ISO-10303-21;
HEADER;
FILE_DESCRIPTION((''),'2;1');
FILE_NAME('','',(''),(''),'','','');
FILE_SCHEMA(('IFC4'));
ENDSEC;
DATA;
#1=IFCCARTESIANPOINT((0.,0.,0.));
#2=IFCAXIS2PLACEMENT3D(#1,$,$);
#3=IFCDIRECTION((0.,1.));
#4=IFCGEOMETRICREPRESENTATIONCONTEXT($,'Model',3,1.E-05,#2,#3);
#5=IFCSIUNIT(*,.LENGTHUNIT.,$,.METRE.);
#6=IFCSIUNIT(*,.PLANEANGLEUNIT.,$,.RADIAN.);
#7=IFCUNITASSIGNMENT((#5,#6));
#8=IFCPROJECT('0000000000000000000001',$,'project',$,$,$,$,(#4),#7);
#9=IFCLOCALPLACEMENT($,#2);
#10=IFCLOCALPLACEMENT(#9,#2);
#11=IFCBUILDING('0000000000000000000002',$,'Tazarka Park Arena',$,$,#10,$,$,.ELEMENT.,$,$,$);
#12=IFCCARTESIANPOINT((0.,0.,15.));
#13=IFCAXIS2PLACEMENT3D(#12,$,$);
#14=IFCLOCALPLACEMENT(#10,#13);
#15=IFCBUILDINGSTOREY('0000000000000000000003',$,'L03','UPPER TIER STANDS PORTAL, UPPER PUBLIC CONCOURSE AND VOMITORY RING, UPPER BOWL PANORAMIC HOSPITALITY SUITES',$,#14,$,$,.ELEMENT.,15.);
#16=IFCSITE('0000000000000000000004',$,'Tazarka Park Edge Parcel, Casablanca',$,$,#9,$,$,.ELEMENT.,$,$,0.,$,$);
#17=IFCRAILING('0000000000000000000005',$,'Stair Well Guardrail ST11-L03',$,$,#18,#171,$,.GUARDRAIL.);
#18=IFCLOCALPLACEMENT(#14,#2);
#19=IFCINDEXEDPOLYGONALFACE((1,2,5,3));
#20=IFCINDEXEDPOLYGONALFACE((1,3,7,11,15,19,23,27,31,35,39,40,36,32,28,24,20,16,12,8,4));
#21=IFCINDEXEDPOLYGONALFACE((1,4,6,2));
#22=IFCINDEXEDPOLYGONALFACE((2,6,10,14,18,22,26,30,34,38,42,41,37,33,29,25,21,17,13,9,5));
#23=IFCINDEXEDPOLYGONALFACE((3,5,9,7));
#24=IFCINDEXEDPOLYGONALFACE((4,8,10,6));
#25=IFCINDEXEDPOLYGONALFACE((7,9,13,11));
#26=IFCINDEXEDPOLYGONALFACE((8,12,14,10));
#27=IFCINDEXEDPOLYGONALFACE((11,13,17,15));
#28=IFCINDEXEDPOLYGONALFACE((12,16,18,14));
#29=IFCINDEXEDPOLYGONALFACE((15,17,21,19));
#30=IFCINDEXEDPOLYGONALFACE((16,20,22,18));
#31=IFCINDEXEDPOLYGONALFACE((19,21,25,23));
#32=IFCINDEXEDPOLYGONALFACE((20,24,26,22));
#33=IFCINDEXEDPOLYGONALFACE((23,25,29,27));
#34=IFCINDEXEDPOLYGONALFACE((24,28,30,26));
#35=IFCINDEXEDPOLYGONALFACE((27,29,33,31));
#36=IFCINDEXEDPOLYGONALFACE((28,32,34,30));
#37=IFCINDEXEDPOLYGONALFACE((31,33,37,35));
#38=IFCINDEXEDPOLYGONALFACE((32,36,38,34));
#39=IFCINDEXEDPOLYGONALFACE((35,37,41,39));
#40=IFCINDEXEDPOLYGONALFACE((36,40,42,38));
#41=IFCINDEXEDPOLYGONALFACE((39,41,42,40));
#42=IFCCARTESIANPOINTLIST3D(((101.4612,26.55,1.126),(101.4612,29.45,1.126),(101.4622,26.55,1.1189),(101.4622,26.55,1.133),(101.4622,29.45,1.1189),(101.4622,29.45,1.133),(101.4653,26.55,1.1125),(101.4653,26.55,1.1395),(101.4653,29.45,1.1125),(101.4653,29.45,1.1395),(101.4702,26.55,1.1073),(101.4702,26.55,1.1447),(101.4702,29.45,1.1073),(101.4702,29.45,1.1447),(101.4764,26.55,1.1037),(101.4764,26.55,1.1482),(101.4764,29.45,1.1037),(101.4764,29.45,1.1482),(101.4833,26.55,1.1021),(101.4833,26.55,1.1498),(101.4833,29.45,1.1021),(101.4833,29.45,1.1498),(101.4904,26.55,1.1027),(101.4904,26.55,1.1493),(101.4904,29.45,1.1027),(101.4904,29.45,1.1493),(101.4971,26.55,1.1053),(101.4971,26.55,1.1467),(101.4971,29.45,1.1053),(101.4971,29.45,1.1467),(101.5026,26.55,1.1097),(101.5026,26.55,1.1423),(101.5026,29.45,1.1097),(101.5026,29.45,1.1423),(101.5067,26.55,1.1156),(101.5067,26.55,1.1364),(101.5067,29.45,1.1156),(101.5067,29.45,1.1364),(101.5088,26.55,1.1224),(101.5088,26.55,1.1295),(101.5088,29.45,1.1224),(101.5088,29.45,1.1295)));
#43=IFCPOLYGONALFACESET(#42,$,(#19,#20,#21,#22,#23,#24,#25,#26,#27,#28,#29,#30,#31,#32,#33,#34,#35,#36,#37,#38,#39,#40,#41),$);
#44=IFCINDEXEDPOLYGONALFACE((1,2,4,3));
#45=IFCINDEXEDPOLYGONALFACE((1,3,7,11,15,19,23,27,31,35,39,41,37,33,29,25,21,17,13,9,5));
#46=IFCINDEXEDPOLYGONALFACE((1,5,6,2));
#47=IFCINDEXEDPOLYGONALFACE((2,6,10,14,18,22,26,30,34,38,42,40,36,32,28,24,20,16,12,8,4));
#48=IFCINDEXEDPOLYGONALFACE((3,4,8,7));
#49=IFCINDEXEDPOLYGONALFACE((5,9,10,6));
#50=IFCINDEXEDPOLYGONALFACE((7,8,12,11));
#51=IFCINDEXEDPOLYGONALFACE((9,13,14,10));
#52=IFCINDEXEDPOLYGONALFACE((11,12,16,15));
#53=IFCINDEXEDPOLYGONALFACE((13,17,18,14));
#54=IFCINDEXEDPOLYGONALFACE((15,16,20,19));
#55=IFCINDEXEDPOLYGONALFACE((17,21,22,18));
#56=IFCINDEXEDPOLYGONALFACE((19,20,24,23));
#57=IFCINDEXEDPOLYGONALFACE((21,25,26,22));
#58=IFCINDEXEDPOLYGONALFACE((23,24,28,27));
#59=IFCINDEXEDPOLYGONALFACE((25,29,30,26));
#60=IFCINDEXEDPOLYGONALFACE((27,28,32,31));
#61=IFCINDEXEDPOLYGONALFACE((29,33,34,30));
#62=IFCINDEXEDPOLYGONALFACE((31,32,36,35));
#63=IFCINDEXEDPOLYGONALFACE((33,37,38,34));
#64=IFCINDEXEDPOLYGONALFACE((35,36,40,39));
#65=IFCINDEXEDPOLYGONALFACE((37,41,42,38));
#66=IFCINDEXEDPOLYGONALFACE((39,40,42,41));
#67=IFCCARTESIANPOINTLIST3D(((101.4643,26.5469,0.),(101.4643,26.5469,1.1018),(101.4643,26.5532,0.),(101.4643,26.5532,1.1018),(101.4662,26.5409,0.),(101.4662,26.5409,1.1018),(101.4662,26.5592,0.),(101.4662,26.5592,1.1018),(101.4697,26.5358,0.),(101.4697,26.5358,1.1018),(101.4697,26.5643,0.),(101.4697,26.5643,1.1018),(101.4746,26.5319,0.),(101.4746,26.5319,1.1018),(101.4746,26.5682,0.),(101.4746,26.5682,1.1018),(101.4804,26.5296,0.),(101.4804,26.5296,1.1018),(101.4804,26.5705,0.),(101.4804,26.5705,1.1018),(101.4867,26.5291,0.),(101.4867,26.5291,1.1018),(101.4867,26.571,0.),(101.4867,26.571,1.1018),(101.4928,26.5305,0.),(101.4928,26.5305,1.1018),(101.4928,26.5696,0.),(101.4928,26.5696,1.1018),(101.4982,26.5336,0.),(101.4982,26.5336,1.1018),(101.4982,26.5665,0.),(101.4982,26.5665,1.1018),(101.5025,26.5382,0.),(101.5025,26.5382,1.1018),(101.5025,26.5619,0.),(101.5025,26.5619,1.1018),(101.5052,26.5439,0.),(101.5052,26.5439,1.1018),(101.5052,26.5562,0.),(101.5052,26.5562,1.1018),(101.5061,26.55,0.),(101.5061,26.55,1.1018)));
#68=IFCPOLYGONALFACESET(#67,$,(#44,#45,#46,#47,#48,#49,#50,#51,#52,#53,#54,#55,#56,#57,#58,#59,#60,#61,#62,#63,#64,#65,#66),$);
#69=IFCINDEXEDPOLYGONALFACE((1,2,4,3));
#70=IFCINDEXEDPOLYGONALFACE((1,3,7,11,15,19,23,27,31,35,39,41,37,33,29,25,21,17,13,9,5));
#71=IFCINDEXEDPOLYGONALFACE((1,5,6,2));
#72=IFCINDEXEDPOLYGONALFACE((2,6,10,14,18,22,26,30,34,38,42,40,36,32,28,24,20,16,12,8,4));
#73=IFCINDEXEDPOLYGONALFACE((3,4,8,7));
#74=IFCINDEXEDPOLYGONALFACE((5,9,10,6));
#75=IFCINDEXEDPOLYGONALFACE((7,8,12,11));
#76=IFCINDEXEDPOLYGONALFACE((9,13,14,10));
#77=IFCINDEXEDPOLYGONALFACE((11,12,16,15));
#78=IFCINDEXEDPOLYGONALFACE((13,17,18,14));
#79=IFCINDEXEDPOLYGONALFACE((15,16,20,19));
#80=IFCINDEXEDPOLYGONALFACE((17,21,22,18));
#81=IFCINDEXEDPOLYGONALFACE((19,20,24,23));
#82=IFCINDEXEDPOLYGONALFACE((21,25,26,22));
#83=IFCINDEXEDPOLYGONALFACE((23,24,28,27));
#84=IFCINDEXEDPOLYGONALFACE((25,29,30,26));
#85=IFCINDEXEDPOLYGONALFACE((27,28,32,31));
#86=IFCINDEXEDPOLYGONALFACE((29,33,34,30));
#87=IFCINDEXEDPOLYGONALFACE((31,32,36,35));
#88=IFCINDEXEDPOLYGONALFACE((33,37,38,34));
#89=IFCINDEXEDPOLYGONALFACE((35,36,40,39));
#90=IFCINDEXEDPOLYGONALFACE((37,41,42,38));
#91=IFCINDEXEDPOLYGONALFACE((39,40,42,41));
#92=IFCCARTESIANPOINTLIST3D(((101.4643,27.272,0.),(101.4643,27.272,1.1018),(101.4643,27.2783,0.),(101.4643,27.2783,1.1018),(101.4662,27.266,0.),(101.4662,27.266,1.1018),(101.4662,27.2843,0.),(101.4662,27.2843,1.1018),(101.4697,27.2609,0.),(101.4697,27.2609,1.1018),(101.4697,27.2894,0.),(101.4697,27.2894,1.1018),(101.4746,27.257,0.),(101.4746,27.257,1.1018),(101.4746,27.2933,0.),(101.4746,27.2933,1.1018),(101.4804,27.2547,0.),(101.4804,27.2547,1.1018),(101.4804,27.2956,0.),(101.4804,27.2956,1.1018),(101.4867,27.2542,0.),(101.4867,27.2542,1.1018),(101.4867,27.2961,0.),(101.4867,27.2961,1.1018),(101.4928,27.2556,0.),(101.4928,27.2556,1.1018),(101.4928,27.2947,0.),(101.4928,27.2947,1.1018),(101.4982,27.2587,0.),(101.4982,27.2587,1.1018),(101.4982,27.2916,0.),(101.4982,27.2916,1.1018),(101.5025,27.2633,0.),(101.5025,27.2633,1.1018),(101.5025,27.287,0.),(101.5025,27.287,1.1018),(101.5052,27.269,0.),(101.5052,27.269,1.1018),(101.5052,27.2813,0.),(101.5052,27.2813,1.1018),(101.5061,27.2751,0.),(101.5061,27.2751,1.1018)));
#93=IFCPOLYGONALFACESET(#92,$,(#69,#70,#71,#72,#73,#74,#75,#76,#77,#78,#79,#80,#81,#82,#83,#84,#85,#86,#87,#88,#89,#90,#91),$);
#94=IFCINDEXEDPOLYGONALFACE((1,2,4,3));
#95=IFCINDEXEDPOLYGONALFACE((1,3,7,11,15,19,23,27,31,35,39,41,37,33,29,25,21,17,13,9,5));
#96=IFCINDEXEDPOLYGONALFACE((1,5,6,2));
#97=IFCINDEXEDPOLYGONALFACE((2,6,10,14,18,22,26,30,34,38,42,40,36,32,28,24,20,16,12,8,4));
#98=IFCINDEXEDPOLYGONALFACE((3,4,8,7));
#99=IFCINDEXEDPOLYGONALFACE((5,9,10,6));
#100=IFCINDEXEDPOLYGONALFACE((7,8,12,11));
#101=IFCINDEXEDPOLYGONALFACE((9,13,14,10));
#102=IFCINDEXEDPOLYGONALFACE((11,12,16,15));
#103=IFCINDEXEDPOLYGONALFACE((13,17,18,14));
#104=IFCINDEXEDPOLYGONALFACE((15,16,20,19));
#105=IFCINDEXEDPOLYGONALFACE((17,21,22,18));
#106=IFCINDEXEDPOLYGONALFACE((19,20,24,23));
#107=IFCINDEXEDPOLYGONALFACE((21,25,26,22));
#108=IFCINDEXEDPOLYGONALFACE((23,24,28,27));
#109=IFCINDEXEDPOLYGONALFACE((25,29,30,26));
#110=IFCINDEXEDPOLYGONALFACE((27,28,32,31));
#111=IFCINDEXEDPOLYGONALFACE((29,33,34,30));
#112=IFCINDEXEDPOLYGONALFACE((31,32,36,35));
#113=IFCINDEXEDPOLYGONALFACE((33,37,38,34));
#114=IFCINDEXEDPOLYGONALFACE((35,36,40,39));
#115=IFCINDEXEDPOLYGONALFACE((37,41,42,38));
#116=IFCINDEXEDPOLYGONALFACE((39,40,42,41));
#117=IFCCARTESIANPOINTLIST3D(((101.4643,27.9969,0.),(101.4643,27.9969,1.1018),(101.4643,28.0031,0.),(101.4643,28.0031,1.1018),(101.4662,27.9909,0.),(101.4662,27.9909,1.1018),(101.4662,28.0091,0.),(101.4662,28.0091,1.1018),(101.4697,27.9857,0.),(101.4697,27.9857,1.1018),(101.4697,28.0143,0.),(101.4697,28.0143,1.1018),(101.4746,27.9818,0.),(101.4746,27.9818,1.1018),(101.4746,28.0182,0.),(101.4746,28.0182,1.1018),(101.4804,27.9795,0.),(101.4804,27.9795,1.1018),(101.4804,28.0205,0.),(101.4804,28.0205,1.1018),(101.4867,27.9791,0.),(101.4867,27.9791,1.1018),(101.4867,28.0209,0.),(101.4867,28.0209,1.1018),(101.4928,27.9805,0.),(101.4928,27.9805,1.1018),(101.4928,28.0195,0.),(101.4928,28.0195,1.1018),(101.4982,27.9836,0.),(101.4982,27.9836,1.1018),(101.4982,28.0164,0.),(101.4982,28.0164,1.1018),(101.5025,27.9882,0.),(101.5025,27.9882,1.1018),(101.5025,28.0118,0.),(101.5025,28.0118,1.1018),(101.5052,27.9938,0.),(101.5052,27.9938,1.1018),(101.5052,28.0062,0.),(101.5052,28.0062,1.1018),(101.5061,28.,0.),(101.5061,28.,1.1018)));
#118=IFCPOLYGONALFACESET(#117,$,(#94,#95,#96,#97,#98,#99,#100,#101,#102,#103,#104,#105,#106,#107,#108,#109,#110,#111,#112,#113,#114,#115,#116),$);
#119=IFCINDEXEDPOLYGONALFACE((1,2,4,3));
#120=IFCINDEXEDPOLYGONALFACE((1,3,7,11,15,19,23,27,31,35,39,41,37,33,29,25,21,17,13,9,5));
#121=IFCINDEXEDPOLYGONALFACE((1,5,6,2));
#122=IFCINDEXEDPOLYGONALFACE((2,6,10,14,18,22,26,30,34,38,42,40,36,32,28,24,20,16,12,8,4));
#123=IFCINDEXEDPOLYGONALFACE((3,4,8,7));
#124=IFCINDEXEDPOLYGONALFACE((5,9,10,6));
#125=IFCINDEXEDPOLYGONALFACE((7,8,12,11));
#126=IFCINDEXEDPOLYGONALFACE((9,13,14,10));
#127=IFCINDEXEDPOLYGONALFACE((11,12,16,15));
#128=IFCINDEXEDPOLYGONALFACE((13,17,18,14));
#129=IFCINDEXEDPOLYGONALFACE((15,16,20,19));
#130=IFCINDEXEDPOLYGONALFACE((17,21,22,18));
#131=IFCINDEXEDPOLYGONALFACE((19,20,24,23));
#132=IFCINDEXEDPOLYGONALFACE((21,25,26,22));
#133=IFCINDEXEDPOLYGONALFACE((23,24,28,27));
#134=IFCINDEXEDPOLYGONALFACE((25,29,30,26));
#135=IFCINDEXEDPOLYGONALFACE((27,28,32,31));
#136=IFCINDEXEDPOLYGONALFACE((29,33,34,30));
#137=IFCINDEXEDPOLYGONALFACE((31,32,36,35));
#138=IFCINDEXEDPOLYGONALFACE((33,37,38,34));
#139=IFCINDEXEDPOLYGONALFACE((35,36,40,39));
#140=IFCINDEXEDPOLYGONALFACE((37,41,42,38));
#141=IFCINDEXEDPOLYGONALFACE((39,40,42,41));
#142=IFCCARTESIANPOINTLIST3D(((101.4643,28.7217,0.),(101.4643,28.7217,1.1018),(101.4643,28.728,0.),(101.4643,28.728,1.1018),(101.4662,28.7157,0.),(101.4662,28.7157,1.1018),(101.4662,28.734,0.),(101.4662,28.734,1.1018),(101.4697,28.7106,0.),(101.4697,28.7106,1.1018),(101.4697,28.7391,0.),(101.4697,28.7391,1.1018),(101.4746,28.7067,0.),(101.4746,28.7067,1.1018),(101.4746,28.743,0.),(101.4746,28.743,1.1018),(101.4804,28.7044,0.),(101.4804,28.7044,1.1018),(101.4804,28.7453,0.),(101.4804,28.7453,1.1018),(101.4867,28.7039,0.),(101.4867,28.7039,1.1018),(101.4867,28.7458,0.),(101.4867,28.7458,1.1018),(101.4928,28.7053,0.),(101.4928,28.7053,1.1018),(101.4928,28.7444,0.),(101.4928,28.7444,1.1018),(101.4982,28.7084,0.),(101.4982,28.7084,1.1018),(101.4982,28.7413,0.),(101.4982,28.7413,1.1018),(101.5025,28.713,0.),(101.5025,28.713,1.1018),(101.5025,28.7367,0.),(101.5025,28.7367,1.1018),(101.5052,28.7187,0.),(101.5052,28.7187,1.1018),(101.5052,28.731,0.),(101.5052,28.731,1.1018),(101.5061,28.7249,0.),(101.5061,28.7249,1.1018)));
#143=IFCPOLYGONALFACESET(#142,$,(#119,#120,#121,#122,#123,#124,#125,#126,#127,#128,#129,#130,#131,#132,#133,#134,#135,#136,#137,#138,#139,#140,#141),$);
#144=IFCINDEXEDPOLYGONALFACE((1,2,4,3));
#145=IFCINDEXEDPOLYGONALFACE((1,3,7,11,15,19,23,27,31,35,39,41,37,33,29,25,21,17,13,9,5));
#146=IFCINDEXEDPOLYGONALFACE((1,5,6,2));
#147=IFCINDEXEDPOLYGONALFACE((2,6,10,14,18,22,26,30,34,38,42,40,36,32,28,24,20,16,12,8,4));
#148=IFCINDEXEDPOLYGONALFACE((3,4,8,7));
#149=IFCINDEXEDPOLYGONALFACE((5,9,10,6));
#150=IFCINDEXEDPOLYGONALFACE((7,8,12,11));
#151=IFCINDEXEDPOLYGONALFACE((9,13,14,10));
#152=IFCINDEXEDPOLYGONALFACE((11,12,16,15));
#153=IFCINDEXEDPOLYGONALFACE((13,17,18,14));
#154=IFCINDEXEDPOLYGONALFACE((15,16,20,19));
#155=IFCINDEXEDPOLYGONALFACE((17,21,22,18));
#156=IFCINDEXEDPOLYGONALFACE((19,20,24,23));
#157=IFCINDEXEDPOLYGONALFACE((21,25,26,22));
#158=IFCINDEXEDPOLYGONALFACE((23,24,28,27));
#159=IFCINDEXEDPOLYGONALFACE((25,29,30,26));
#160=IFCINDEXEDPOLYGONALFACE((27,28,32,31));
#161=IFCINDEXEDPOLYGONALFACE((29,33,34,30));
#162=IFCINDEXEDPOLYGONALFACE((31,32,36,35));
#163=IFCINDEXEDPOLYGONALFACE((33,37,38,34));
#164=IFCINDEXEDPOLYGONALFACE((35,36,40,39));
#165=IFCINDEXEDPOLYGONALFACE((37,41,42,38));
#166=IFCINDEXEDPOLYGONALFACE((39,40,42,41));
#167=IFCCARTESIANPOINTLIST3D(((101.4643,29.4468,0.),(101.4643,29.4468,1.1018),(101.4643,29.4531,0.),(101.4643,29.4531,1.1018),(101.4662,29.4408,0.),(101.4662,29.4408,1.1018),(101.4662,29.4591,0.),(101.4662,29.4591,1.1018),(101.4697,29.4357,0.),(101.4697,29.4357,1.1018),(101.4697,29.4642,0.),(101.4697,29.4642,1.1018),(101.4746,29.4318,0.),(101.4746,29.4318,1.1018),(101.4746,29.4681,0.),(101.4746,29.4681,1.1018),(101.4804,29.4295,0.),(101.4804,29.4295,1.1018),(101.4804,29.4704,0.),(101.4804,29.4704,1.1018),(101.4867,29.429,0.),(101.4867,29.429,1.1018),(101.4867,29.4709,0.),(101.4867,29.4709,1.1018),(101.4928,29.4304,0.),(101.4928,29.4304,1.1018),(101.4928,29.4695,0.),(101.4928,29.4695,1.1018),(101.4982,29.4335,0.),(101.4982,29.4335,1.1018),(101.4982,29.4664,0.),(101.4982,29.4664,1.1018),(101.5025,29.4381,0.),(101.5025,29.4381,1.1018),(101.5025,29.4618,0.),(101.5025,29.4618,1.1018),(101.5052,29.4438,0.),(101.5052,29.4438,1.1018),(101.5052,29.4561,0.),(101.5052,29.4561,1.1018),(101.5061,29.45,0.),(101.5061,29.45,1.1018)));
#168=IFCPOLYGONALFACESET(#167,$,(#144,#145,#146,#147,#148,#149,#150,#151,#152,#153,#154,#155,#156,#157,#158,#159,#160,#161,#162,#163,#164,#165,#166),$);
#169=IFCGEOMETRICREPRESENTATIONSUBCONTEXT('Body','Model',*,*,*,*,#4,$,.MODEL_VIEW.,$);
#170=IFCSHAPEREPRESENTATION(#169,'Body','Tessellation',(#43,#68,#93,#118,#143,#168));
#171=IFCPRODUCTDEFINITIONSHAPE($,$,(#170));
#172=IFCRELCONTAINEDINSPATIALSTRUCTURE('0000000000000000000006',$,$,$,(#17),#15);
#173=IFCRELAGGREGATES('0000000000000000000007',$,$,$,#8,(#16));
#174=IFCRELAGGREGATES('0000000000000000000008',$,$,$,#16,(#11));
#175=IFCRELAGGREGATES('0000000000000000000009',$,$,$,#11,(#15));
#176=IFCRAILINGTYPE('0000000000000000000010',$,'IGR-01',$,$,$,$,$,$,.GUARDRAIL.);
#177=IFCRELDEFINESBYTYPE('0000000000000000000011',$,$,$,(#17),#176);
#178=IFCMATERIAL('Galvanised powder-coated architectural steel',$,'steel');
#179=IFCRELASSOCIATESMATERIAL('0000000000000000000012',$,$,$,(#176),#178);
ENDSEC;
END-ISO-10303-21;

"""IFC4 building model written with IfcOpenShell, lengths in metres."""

from ifc_helpers import new_model, si_unit, direction, frame, origin, origin_2d, place, context, subcontext, project, spatial, circle, extrude, material, type_object, element, save


model = new_model("IFC4")

# Units and contexts
model_context = context("Model", 3, precision=1e-05, world=origin(), true_north=direction((0.0, 1.0)))
body_context = subcontext(model_context, "Body", "Model", "MODEL_VIEW")
ifc_project = project(units=[si_unit("LENGTHUNIT", "METRE"), si_unit("PLANEANGLEUNIT", "RADIAN")], contexts=[model_context])

# Site, building, storey
site_placement = place(None, origin())
site = spatial("IfcSite", under=ifc_project, at=site_placement, Name="Tazarka Park Edge Parcel, Casablanca", CompositionType="ELEMENT", RefElevation=0.0)
building_placement = place(site_placement, origin())
building = spatial("IfcBuilding", under=site, at=building_placement, Name="Tazarka Park Arena", CompositionType="ELEMENT")
storey_placement = place(building_placement, frame((0.0, 0.0, 15.0)))
storey = spatial("IfcBuildingStorey", under=building, at=storey_placement, Name="L03", Description="UPPER TIER STANDS PORTAL, UPPER PUBLIC CONCOURSE AND VOMITORY RING, UPPER BOWL PANORAMIC HOSPITALITY SUITES", CompositionType="ELEMENT", Elevation=15.0)

# Railing
ifc_material_1 = material(Name="Galvanised powder-coated architectural steel", Category="steel")
railing_type_1 = type_object("IfcRailingType", Name="IGR-01", PredefinedType="GUARDRAIL", material=ifc_material_1)
for number, where, name in (
    (1, (101.4851, 26.55, 0.0), "Stair Well Guardrail ST11-L03"),
):
    element("IfcRailing", number, at=place(storey_placement, frame(where)), inside=storey, type_object=railing_type_1, Name=name, PredefinedType="GUARDRAIL", context=body_context, shape_type="SweptSolid", body=[
        extrude(circle(Radius=0.0239, at=origin_2d()), frame((0.0, 0.0, 1.126), z_axis=(0.0, 1.0, 0.0), x_axis=(-1.0, 0.0, 0.0)), (0.0, 0.0, 1.0), 2.8999),
        extrude(circle(Radius=0.021, at=origin_2d()), origin(), (0.0, 0.0, 1.0), 1.1018),
        extrude(circle(Radius=0.021, at=origin_2d()), frame((0.0, 0.7251, 0.0)), (0.0, 0.0, 1.0), 1.1018),
        extrude(circle(Radius=0.021, at=origin_2d()), frame((0.0, 1.45, 0.0)), (0.0, 0.0, 1.0), 1.1018),
        extrude(circle(Radius=0.021, at=origin_2d()), frame((0.0, 2.1748, 0.0)), (0.0, 0.0, 1.0), 1.1018),
        extrude(circle(Radius=0.021, at=origin_2d()), frame((0.0, 2.8999, 0.0)), (0.0, 0.0, 1.0), 1.1018),
    ])

save(model, "model.ifc")
